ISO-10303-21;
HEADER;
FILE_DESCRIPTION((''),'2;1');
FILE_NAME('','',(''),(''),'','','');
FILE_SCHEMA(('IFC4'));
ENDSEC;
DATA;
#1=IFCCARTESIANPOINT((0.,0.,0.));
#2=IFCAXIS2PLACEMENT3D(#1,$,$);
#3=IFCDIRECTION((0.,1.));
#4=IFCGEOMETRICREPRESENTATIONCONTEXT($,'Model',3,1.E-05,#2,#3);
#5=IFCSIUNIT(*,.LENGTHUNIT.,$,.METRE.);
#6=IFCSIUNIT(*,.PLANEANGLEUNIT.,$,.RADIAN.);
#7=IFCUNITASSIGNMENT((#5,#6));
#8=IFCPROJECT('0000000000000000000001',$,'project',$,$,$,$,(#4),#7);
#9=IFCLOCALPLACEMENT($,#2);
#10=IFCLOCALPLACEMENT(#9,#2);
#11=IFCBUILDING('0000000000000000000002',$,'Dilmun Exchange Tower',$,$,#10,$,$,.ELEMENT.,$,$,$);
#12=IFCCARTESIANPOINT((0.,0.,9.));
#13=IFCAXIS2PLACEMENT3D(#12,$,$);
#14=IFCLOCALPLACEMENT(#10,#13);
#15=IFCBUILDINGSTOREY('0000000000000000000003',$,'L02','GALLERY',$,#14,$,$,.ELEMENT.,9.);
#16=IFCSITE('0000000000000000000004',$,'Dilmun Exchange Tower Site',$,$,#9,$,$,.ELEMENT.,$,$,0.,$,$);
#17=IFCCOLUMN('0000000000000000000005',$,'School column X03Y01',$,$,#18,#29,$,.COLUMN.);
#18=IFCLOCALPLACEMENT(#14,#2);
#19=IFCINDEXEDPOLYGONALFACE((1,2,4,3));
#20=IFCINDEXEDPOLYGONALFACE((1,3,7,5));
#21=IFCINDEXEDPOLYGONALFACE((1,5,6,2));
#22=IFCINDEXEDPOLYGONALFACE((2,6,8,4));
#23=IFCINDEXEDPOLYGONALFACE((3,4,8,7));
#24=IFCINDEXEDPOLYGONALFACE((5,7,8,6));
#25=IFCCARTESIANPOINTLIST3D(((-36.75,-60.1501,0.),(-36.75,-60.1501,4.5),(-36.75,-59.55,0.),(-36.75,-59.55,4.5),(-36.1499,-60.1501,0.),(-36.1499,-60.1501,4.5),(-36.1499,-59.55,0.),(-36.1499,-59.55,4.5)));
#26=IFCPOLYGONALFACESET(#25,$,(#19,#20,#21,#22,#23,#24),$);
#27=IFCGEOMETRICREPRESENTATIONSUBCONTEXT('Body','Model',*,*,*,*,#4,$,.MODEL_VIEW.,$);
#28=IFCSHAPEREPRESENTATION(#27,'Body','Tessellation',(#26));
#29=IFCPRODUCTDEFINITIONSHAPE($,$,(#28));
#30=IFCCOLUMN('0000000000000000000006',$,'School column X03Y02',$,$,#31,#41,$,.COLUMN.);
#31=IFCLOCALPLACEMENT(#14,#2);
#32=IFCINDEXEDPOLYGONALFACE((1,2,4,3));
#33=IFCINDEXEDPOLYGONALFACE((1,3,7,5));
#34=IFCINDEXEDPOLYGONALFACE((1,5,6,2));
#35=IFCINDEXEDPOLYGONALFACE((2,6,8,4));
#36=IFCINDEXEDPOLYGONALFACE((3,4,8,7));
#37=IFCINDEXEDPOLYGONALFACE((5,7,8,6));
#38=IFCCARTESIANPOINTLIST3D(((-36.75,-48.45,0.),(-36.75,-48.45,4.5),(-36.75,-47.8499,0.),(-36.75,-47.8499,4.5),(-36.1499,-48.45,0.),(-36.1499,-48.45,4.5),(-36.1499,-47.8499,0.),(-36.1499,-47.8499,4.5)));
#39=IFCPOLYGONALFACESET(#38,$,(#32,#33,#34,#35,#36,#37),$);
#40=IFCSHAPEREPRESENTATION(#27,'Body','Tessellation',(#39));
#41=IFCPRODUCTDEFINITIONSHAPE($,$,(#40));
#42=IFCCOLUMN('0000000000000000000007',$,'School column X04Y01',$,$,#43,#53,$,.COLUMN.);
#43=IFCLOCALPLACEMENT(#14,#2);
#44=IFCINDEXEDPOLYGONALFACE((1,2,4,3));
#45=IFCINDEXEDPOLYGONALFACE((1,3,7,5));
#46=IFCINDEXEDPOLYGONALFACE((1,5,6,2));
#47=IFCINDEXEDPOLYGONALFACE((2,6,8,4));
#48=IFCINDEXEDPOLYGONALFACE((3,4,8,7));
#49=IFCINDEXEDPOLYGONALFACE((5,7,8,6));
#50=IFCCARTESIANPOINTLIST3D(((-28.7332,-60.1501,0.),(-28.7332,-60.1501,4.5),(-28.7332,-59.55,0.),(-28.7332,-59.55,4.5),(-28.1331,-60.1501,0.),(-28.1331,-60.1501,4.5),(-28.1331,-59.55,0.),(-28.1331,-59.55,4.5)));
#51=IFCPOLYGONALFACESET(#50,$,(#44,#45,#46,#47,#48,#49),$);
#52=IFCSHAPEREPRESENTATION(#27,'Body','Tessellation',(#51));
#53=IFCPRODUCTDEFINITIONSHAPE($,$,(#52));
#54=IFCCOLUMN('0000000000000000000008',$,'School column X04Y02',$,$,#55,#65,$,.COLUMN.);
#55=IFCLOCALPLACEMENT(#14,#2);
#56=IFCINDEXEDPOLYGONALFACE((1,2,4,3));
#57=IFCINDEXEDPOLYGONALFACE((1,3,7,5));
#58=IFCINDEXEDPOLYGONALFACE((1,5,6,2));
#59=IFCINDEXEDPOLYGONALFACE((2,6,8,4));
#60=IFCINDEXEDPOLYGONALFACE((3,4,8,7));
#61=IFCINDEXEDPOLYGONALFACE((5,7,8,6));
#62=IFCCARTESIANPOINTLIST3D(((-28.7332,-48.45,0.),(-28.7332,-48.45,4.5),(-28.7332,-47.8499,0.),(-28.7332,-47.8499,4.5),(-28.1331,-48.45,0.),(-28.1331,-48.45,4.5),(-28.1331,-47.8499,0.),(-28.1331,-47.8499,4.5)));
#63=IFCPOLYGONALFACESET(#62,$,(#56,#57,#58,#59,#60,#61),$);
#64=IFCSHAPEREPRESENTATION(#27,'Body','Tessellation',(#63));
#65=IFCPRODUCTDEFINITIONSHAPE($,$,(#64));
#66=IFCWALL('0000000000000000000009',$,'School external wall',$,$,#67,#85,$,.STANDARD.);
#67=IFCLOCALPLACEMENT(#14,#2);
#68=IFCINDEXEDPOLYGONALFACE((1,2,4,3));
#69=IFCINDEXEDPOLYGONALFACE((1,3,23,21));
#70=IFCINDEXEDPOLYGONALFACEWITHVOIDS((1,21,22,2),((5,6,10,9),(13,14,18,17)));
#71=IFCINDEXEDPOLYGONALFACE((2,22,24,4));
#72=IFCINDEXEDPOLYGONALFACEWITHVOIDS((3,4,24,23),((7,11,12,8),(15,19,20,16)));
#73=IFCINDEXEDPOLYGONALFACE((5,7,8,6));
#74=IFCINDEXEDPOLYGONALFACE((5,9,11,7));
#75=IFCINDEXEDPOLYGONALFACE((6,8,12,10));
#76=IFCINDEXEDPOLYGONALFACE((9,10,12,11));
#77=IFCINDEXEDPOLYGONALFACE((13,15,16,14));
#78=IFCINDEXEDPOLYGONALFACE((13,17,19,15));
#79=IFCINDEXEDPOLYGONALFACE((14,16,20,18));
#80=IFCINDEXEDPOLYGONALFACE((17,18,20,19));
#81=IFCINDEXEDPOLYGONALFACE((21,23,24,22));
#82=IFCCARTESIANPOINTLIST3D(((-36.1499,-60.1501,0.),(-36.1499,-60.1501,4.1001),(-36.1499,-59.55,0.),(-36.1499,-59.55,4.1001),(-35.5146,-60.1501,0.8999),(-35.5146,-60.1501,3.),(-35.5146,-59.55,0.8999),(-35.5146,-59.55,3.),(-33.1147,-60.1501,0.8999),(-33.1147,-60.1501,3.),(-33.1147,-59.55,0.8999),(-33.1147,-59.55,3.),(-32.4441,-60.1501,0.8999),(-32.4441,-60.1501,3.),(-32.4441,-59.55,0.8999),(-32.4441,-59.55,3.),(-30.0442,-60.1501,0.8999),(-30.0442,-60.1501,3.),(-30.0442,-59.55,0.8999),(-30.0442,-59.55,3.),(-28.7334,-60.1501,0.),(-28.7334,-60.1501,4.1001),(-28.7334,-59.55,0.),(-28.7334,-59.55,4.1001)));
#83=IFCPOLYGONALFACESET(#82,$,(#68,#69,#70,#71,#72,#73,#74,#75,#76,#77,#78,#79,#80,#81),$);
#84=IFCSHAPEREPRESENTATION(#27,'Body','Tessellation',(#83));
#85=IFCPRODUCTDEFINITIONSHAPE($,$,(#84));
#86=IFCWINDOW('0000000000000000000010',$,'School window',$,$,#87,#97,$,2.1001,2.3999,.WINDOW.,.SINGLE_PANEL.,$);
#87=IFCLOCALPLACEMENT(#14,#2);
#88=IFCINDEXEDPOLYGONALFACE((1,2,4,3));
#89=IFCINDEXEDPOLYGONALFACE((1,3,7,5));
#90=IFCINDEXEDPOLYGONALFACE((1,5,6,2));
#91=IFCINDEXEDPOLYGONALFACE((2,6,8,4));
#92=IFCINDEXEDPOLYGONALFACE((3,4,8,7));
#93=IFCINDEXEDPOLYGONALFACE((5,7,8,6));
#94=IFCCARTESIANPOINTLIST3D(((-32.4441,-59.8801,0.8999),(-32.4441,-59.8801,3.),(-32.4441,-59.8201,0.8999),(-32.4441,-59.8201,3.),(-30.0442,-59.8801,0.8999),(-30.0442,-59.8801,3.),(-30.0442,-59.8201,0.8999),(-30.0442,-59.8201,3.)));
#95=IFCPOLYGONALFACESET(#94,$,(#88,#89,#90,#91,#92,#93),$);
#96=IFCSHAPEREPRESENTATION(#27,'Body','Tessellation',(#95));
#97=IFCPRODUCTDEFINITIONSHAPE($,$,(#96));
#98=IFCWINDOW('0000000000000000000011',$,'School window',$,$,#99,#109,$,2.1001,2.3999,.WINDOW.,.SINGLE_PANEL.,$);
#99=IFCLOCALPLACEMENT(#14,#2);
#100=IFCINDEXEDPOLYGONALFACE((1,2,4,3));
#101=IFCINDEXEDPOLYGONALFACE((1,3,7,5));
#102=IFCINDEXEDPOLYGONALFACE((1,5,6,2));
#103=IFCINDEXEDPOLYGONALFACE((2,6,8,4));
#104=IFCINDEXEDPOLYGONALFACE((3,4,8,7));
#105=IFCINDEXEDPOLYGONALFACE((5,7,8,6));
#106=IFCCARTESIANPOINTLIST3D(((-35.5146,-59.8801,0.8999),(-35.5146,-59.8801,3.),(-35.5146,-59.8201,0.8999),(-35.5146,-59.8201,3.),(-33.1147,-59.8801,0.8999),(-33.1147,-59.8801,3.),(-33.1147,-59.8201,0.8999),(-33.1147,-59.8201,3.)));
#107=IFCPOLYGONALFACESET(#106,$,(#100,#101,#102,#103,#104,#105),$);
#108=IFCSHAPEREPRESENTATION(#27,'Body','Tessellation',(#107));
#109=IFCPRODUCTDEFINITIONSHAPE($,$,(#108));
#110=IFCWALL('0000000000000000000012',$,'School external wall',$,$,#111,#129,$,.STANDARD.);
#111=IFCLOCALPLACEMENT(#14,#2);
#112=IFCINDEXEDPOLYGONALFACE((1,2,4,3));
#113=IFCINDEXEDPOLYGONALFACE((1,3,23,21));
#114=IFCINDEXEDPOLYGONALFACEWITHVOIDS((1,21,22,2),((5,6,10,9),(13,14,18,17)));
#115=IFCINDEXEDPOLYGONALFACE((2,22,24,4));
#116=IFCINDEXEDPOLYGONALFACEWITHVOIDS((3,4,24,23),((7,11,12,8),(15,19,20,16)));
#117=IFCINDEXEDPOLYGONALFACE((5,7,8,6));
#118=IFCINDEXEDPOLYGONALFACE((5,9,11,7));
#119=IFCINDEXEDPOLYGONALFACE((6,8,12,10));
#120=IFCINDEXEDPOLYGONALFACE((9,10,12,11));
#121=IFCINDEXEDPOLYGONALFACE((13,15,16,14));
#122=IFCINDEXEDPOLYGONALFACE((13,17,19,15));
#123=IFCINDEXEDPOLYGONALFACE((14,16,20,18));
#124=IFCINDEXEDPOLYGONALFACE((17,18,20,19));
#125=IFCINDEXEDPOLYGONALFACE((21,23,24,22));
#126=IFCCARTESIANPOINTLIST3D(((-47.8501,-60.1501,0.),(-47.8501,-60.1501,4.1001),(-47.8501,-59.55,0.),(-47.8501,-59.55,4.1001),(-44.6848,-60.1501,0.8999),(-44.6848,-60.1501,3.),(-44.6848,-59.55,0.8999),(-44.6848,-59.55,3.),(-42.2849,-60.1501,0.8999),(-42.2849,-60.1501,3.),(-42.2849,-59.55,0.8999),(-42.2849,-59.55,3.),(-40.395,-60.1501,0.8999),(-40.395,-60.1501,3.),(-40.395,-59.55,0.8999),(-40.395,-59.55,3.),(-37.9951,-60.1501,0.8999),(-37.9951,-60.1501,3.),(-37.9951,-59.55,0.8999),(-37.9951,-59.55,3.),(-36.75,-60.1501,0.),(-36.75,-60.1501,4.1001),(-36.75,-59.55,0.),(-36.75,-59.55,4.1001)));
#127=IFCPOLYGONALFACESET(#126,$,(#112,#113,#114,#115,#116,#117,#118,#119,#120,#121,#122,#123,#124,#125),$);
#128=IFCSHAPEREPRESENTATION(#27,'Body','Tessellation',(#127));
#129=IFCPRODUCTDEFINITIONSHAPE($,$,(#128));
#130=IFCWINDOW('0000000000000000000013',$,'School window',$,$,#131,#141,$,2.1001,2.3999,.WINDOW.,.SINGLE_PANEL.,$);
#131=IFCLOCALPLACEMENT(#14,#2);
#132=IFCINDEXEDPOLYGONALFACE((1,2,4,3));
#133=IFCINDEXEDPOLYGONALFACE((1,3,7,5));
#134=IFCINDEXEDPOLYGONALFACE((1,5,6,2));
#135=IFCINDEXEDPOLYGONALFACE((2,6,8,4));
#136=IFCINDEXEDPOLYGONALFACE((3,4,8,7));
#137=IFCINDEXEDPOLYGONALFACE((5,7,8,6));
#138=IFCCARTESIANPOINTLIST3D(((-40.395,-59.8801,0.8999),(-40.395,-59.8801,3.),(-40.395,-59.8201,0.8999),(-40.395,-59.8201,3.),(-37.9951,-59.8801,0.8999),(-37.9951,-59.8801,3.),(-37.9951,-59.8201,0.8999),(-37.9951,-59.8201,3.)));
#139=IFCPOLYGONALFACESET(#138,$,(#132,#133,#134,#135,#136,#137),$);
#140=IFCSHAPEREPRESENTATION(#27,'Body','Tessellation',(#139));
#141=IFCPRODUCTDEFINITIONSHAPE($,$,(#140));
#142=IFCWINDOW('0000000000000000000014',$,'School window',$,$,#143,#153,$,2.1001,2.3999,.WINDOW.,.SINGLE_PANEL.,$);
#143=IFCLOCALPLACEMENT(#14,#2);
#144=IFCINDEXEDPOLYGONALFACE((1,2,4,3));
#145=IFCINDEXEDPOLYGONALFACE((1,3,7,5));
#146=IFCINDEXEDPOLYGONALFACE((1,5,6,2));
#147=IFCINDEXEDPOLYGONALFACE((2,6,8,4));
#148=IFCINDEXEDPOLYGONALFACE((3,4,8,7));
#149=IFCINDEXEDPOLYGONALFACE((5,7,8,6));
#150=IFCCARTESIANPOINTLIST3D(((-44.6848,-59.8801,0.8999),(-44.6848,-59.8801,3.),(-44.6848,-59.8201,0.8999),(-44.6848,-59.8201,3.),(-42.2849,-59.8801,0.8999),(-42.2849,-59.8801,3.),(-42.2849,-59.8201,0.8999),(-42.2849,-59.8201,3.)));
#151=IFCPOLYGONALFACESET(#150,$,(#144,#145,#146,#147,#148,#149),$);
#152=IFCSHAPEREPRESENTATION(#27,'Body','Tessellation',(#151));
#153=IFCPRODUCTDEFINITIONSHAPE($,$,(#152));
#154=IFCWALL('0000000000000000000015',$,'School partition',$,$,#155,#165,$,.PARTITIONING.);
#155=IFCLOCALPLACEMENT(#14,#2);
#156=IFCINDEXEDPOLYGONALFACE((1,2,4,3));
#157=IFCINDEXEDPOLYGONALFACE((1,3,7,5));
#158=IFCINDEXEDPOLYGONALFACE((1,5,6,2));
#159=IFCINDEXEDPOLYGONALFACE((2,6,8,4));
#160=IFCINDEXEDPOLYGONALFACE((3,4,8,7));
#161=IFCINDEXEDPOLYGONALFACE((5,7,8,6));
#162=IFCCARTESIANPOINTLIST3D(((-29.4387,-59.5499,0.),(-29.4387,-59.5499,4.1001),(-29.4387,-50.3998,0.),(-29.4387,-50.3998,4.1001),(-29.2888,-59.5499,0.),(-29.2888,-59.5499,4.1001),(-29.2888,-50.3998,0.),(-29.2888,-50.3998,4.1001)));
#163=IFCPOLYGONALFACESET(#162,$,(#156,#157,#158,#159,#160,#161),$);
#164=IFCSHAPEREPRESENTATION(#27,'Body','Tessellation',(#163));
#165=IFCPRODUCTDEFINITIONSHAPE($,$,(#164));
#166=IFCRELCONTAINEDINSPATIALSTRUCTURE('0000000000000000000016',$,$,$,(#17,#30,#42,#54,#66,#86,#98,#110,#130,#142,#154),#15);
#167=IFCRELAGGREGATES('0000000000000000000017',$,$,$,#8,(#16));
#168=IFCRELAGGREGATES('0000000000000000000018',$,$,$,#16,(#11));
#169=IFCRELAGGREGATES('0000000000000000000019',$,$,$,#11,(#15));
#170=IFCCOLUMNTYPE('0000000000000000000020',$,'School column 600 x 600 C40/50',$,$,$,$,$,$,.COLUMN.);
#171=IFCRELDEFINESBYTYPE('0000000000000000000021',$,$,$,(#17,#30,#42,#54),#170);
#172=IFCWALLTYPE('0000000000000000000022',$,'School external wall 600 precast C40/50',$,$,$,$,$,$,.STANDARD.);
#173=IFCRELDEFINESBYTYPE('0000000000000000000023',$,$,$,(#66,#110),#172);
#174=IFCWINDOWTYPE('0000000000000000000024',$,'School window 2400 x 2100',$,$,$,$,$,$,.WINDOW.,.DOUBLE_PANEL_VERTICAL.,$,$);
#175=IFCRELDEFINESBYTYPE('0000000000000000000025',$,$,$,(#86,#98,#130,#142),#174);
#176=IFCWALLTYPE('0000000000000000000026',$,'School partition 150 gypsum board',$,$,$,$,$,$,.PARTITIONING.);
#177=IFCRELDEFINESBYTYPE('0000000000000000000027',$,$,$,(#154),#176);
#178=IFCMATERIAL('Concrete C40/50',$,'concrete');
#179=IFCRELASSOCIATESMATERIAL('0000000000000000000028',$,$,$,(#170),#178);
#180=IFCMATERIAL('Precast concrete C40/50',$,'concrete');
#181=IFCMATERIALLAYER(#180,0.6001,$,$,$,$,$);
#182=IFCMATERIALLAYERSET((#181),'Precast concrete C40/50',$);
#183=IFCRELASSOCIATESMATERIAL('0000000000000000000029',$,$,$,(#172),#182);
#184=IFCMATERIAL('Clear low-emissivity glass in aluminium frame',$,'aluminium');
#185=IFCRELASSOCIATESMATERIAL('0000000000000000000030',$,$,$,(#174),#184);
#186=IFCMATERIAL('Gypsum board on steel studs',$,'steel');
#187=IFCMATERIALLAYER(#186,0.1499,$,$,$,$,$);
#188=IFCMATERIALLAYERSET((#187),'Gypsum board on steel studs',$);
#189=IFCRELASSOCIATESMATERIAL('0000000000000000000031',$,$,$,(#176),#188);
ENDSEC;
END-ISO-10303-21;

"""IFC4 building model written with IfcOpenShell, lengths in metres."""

from ifc_helpers import new_model, si_unit, direction, frame, frame_2d, origin, origin_2d, place, context, subcontext, project, spatial, rectangle, extrude, material, layer, layer_set, material_profile, profile_set, type_object, element, fill, save


model = new_model("IFC4")

# Units and contexts
model_context = context("Model", 3, precision=1e-05, world=origin(), true_north=direction((0.0, 1.0)))
body_context = subcontext(model_context, "Body", "Model", "MODEL_VIEW")
ifc_project = project(units=[si_unit("LENGTHUNIT", "METRE"), si_unit("PLANEANGLEUNIT", "RADIAN")], contexts=[model_context])

# Site, building, storey
site_placement = place(None, origin())
site = spatial("IfcSite", under=ifc_project, at=site_placement, Name="Dilmun Exchange Tower Site", CompositionType="ELEMENT", RefElevation=0.0)
building_placement = place(site_placement, origin())
building = spatial("IfcBuilding", under=site, at=building_placement, Name="Dilmun Exchange Tower", CompositionType="ELEMENT")
storey_placement = place(building_placement, frame((0.0, 0.0, 9.0)))
storey = spatial("IfcBuildingStorey", under=building, at=storey_placement, Name="L02", Description="GALLERY", CompositionType="ELEMENT", Elevation=9.0)

# Columns
ifc_material_1 = material(Name="Concrete C40/50", Category="concrete")
ifc_material_profile = material_profile(ifc_material_1, rectangle(XDim=0.6001, YDim=0.6001, at=origin_2d()), Name="600 x 600")
ifc_profile_set = profile_set([ifc_material_profile], Name="Concrete C40/50")
column_type = type_object("IfcColumnType", Name="School column 600 x 600 C40/50", PredefinedType="COLUMN", material=ifc_profile_set)
for number, where, z_axis, x_axis, name in (
    (1, (-36.45, -59.8501, 0.0), (0.0, 0.0, 1.0), (1.0, 0.0, 0.0), "School column X03Y01"),
    (2, (-36.45, -48.1499, 0.0), (0.0, 0.0, 1.0), (1.0, 0.0, 0.0), "School column X03Y02"),
    (3, (-28.4331, -59.8501, 0.0), (0.0, 0.0, 1.0), (1.0, 0.0, 0.0), "School column X04Y01"),
    (4, (-28.4331, -48.1499, 0.0), (0.0, 0.0, 1.0), (1.0, 0.0, 0.0), "School column X04Y02"),
):
    element("IfcColumn", number, at=place(storey_placement, frame(where, z_axis=z_axis, x_axis=x_axis)), inside=storey, type_object=column_type, Name=name, PredefinedType="COLUMN", context=body_context, shape_type="SweptSolid", body=[
        extrude(rectangle(XDim=0.6001, YDim=0.6001, at=origin_2d()), origin(), (0.0, 0.0, 1.0), 4.5),
    ])

# Walls, openings, windows
ifc_material_2 = material(Name="Precast concrete C40/50", Category="concrete")
ifc_layer_1 = layer(ifc_material_2, 0.6001)
ifc_layer_set_1 = layer_set([ifc_layer_1], Name="Precast concrete C40/50")
wall_type_1 = type_object("IfcWallType", Name="School external wall 600 precast C40/50", PredefinedType="STANDARD", material=ifc_layer_set_1)
wall_1_placement = place(storey_placement, frame((-28.7334, -59.8501, 0.0), z_axis=(0.0, 0.0, 1.0), x_axis=(-1.0, 0.0, 0.0)))
wall_1 = element("IfcWall", 5, at=wall_1_placement, inside=storey, type_object=wall_type_1, Name="School external wall", PredefinedType="STANDARD", context=body_context, shape_type="SweptSolid", body=[
    extrude(rectangle(XDim=7.4165, YDim=0.6001, at=frame_2d((3.7083, 0.0))), origin(), (0.0, 0.0, 1.0), 4.1001),
])
opening_1_placement = place(wall_1_placement, frame((1.3108, 0.0, 0.8999)))
opening_1 = element("IfcOpeningElement", 6, at=opening_1_placement, cuts=wall_1, PredefinedType="OPENING", context=body_context, shape_type="SweptSolid", body=[
    extrude(rectangle(XDim=2.3999, YDim=2.1001, at=frame_2d((1.2, 1.05))), frame((0.0, 0.3101, 0.0), z_axis=(0.0, -1.0, 0.0), x_axis=(1.0, 0.0, 0.0)), (0.0, 0.0, 1.0), 0.6201),
])
opening_2_placement = place(wall_1_placement, frame((4.3813, 0.0, 0.8999)))
opening_2 = element("IfcOpeningElement", 7, at=opening_2_placement, cuts=wall_1, PredefinedType="OPENING", context=body_context, shape_type="SweptSolid", body=[
    extrude(rectangle(XDim=2.3999, YDim=2.1001, at=frame_2d((1.2, 1.05))), frame((0.0, 0.3101, 0.0), z_axis=(0.0, -1.0, 0.0), x_axis=(1.0, 0.0, 0.0)), (0.0, 0.0, 1.0), 0.6201),
])
ifc_material_3 = material(Name="Clear low-emissivity glass in aluminium frame", Category="aluminium")
window_type = type_object("IfcWindowType", Name="School window 2400 x 2100", PartitioningType="DOUBLE_PANEL_VERTICAL", PredefinedType="WINDOW", material=ifc_material_3)
window_1_placement = place(opening_1_placement, origin())
window_1 = element("IfcWindow", 8, at=window_1_placement, inside=storey, type_object=window_type, Name="School window", OverallHeight=2.1001, OverallWidth=2.3999, PartitioningType="SINGLE_PANEL", PredefinedType="WINDOW", context=body_context, shape_type="SweptSolid", body=[
    extrude(rectangle(XDim=2.3999, YDim=2.1001, at=frame_2d((1.2, 1.05))), frame((0.0, 0.03, 0.0), z_axis=(0.0, -1.0, 0.0), x_axis=(1.0, 0.0, 0.0)), (0.0, 0.0, 1.0), 0.0601),
])
fill(opening_1, window_1)
window_2_placement = place(opening_2_placement, origin())
window_2 = element("IfcWindow", 9, at=window_2_placement, inside=storey, type_object=window_type, Name="School window", OverallHeight=2.1001, OverallWidth=2.3999, PartitioningType="SINGLE_PANEL", PredefinedType="WINDOW", context=body_context, shape_type="SweptSolid", body=[
    extrude(rectangle(XDim=2.3999, YDim=2.1001, at=frame_2d((1.2, 1.05))), frame((0.0, 0.03, 0.0), z_axis=(0.0, -1.0, 0.0), x_axis=(1.0, 0.0, 0.0)), (0.0, 0.0, 1.0), 0.0601),
])
fill(opening_2, window_2)
wall_2_placement = place(storey_placement, frame((-36.75, -59.8501, 0.0), z_axis=(0.0, 0.0, 1.0), x_axis=(-1.0, 0.0, 0.0)))
wall_2 = element("IfcWall", 10, at=wall_2_placement, inside=storey, type_object=wall_type_1, Name="School external wall", PredefinedType="STANDARD", context=body_context, shape_type="SweptSolid", body=[
    extrude(rectangle(XDim=11.1001, YDim=0.6001, at=frame_2d((5.55, 0.0))), origin(), (0.0, 0.0, 1.0), 4.1001),
])
opening_3_placement = place(wall_2_placement, frame((1.2451, 0.0, 0.8999)))
opening_3 = element("IfcOpeningElement", 11, at=opening_3_placement, cuts=wall_2, PredefinedType="OPENING", context=body_context, shape_type="SweptSolid", body=[
    extrude(rectangle(XDim=2.3999, YDim=2.1001, at=frame_2d((1.2, 1.05))), frame((0.0, 0.3101, 0.0), z_axis=(0.0, -1.0, 0.0), x_axis=(1.0, 0.0, 0.0)), (0.0, 0.0, 1.0), 0.6201),
])
opening_4_placement = place(wall_2_placement, frame((5.5349, 0.0, 0.8999)))
opening_4 = element("IfcOpeningElement", 12, at=opening_4_placement, cuts=wall_2, PredefinedType="OPENING", context=body_context, shape_type="SweptSolid", body=[
    extrude(rectangle(XDim=2.3999, YDim=2.1001, at=frame_2d((1.2, 1.05))), frame((0.0, 0.3101, 0.0), z_axis=(0.0, -1.0, 0.0), x_axis=(1.0, 0.0, 0.0)), (0.0, 0.0, 1.0), 0.6201),
])
window_3_placement = place(opening_3_placement, origin())
window_3 = element("IfcWindow", 13, at=window_3_placement, inside=storey, type_object=window_type, Name="School window", OverallHeight=2.1001, OverallWidth=2.3999, PartitioningType="SINGLE_PANEL", PredefinedType="WINDOW", context=body_context, shape_type="SweptSolid", body=[
    extrude(rectangle(XDim=2.3999, YDim=2.1001, at=frame_2d((1.2, 1.05))), frame((0.0, 0.03, 0.0), z_axis=(0.0, -1.0, 0.0), x_axis=(1.0, 0.0, 0.0)), (0.0, 0.0, 1.0), 0.0601),
])
fill(opening_3, window_3)
window_4_placement = place(opening_4_placement, origin())
window_4 = element("IfcWindow", 14, at=window_4_placement, inside=storey, type_object=window_type, Name="School window", OverallHeight=2.1001, OverallWidth=2.3999, PartitioningType="SINGLE_PANEL", PredefinedType="WINDOW", context=body_context, shape_type="SweptSolid", body=[
    extrude(rectangle(XDim=2.3999, YDim=2.1001, at=frame_2d((1.2, 1.05))), frame((0.0, 0.03, 0.0), z_axis=(0.0, -1.0, 0.0), x_axis=(1.0, 0.0, 0.0)), (0.0, 0.0, 1.0), 0.0601),
])
fill(opening_4, window_4)

# Wall
ifc_material_4 = material(Name="Gypsum board on steel studs", Category="steel")
ifc_layer_2 = layer(ifc_material_4, 0.1499)
ifc_layer_set_2 = layer_set([ifc_layer_2], Name="Gypsum board on steel studs")
wall_type_2 = type_object("IfcWallType", Name="School partition 150 gypsum board", PredefinedType="PARTITIONING", material=ifc_layer_set_2)
wall_3_placement = place(storey_placement, frame((-29.3638, -59.55, 0.0), z_axis=(0.0, 0.0, 1.0), x_axis=(0.0, 1.0, 0.0)))
element("IfcWall", 15, at=wall_3_placement, inside=storey, type_object=wall_type_2, Name="School partition", PredefinedType="PARTITIONING", context=body_context, shape_type="SweptSolid", body=[
    extrude(rectangle(XDim=9.1501, YDim=0.1499, at=frame_2d((4.5752, 0.0))), origin(), (0.0, 0.0, 1.0), 4.1001),
])

save(model, "model.ifc")
